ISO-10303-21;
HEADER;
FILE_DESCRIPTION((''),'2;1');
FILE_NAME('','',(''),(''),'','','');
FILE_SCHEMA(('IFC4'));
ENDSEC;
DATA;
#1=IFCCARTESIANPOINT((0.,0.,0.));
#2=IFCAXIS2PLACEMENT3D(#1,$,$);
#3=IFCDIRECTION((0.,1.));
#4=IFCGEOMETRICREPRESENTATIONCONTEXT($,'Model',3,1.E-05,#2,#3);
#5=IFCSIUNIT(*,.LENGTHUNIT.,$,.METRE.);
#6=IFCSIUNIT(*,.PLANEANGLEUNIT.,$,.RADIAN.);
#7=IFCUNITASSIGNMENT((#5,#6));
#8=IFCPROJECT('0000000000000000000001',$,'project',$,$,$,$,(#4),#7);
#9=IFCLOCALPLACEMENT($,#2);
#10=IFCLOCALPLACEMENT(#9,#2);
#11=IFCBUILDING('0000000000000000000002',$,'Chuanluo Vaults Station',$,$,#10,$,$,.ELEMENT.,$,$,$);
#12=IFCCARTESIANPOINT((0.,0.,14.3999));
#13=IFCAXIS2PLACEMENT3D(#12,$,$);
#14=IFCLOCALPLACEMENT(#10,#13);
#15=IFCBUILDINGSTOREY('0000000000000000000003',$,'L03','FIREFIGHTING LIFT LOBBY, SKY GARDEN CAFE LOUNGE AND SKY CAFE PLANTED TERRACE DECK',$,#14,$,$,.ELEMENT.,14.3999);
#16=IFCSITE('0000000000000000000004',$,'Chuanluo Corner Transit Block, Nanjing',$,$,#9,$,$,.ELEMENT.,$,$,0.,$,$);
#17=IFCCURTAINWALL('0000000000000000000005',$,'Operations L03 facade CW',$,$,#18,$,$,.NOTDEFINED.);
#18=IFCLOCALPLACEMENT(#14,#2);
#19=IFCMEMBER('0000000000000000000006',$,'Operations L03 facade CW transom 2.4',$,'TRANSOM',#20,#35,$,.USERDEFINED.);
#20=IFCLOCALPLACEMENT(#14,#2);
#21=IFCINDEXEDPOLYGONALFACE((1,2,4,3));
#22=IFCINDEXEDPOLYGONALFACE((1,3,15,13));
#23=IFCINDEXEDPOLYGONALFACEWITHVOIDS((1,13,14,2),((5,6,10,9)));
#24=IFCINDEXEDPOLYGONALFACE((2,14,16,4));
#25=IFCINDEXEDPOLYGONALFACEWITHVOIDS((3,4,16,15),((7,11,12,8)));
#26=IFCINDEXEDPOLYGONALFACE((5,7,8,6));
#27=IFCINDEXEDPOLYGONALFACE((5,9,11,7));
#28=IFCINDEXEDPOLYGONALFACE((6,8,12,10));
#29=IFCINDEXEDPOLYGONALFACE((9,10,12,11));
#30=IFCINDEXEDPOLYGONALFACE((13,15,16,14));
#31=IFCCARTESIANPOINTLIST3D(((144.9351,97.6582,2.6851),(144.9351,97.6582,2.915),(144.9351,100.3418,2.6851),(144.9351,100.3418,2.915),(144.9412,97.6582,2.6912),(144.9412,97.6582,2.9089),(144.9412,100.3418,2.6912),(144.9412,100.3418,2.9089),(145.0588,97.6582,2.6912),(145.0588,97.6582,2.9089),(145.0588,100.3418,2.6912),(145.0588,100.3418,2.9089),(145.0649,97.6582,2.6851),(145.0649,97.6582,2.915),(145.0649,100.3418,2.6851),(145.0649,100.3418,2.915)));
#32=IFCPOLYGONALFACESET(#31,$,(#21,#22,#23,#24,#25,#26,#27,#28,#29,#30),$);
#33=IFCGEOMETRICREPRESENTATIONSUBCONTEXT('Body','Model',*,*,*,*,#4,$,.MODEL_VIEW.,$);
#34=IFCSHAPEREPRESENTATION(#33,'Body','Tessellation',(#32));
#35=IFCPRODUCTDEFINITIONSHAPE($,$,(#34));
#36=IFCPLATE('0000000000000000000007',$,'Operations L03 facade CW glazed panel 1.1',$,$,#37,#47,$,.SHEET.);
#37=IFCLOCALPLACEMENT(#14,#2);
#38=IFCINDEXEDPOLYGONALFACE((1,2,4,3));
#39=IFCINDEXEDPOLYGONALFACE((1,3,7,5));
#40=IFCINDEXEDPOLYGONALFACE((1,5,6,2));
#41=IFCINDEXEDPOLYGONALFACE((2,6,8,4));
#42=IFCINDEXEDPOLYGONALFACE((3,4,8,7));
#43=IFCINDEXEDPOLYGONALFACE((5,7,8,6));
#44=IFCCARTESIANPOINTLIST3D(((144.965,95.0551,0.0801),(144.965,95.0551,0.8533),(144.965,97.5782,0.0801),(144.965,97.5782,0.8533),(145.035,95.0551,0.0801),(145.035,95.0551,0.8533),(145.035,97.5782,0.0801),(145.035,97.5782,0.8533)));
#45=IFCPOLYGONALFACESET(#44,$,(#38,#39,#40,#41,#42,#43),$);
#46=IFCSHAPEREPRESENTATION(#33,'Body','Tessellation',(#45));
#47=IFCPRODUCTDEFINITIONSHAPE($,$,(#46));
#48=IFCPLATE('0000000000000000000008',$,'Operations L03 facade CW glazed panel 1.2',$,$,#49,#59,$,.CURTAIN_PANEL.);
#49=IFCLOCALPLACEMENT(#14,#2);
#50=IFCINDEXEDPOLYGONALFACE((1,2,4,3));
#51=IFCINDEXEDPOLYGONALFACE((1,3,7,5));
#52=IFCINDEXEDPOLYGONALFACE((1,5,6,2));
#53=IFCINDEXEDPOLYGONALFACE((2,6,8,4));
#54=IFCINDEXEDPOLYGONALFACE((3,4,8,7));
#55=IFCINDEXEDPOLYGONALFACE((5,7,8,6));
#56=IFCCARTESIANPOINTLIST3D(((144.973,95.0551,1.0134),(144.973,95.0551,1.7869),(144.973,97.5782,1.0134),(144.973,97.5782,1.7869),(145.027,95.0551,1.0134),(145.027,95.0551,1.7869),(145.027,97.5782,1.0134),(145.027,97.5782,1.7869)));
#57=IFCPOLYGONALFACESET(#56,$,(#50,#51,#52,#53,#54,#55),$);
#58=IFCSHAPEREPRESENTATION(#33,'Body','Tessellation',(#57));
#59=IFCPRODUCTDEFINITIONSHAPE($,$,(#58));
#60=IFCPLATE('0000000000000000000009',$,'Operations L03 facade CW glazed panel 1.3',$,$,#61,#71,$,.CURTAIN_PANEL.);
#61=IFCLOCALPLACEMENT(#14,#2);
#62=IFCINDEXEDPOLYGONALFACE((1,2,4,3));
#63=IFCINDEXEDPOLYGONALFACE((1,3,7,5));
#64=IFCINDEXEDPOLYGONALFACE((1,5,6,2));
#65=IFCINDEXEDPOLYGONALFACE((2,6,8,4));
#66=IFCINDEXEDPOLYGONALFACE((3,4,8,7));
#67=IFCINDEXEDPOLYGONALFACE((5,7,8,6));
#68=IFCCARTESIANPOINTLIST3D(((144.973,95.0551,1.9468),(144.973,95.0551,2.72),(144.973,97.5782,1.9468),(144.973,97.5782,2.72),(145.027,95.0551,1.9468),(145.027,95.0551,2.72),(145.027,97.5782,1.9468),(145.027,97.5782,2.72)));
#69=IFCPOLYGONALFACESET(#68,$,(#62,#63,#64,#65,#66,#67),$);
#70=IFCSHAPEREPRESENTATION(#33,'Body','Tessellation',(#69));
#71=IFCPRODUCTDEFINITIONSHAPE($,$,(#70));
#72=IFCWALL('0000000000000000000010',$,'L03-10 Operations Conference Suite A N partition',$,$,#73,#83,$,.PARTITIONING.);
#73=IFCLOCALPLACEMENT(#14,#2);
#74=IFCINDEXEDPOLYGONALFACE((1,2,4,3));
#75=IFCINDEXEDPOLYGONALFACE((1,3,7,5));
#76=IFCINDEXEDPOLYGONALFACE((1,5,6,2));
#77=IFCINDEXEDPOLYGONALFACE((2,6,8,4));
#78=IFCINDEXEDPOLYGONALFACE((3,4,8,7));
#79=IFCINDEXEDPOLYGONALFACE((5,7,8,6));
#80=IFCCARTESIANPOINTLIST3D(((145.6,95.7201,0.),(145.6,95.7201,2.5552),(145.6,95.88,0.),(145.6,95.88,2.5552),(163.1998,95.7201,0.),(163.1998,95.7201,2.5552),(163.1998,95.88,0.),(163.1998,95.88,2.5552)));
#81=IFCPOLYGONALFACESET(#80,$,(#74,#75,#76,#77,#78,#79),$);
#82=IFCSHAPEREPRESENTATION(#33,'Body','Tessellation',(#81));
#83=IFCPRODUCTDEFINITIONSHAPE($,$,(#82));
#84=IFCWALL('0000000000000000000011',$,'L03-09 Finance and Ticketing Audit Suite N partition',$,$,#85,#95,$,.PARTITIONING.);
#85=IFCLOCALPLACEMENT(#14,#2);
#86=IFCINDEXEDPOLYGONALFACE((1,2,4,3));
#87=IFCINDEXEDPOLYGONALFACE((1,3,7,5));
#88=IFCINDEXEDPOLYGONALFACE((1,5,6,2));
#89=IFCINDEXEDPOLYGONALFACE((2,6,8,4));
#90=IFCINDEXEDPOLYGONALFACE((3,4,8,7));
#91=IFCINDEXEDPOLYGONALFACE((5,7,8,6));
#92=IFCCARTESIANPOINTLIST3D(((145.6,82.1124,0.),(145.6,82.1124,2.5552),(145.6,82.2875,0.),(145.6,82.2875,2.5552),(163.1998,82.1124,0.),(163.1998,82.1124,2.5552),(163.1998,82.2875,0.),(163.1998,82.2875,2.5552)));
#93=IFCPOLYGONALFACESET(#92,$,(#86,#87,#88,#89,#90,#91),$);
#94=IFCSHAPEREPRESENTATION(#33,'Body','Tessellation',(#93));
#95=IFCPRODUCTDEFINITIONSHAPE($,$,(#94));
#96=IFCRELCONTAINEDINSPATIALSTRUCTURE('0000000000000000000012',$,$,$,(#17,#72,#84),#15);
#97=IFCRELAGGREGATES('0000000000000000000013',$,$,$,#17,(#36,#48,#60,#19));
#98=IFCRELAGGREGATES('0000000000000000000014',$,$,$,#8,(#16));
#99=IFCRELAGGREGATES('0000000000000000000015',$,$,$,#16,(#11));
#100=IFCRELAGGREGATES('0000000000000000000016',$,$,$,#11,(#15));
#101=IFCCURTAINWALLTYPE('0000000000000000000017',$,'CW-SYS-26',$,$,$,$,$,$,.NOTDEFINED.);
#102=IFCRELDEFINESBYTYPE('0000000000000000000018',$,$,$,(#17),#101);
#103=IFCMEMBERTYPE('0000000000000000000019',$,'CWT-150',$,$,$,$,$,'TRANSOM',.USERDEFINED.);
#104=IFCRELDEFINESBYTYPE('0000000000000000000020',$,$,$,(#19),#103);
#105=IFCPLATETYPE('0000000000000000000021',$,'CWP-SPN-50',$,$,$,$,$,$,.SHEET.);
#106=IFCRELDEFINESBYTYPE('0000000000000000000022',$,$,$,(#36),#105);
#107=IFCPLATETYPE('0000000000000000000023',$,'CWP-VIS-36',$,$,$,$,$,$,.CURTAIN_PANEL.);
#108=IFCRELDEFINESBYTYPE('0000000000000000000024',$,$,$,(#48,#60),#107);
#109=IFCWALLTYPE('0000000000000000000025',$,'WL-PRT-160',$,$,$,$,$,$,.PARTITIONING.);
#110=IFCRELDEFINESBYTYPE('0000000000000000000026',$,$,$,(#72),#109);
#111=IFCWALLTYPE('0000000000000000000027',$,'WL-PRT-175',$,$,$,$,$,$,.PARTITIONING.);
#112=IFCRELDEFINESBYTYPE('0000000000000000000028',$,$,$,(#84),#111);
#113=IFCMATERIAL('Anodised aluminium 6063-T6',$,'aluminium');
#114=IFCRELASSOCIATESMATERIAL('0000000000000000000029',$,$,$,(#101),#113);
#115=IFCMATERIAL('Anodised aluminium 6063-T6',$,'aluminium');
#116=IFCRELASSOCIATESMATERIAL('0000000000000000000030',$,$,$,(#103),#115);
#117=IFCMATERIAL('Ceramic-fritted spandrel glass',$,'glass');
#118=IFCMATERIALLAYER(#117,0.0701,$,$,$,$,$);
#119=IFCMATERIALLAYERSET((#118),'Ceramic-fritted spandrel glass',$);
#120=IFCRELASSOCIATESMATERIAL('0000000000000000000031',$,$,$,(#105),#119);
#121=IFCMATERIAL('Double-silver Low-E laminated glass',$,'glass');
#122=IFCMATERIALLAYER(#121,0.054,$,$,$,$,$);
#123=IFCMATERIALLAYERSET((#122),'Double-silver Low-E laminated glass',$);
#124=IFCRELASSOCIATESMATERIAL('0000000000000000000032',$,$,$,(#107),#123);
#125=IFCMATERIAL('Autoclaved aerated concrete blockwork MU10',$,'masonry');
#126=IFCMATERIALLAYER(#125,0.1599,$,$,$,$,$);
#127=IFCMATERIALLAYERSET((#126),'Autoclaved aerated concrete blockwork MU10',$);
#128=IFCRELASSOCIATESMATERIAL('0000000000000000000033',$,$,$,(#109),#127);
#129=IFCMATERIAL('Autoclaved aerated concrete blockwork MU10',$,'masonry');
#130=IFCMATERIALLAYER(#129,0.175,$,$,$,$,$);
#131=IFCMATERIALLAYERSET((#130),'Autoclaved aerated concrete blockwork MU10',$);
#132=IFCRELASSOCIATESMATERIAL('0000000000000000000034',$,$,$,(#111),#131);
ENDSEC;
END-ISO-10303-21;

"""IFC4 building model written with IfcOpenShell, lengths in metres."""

from ifc_helpers import new_model, si_unit, direction, frame, frame_2d, origin, origin_2d, place, context, subcontext, project, spatial, rectangle, hollow_rectangle, extrude, material, layer, layer_set, material_profile, profile_set, type_object, element, aggregate, save


model = new_model("IFC4")

# Units and contexts
model_context = context("Model", 3, precision=1e-05, world=origin(), true_north=direction((0.0, 1.0)))
body_context = subcontext(model_context, "Body", "Model", "MODEL_VIEW")
ifc_project = project(units=[si_unit("LENGTHUNIT", "METRE"), si_unit("PLANEANGLEUNIT", "RADIAN")], contexts=[model_context])

# Site, building, storey
site_placement = place(None, origin())
site = spatial("IfcSite", under=ifc_project, at=site_placement, Name="Chuanluo Corner Transit Block, Nanjing", CompositionType="ELEMENT", RefElevation=0.0)
building_placement = place(site_placement, origin())
building = spatial("IfcBuilding", under=site, at=building_placement, Name="Chuanluo Vaults Station", CompositionType="ELEMENT")
storey_placement = place(building_placement, frame((0.0, 0.0, 14.3999)))
storey = spatial("IfcBuildingStorey", under=building, at=storey_placement, Name="L03", Description="FIREFIGHTING LIFT LOBBY, SKY GARDEN CAFE LOUNGE AND SKY CAFE PLANTED TERRACE DECK", CompositionType="ELEMENT", Elevation=14.3999)

# Curtain wall, member, plates
ifc_material_1 = material(Name="Anodised aluminium 6063-T6", Category="aluminium")
curtain_wall_type = type_object("IfcCurtainWallType", Name="CW-SYS-26", PredefinedType="NOTDEFINED", material=ifc_material_1)
curtain_wall_placement = place(storey_placement, origin())
curtain_wall = element("IfcCurtainWall", 1, at=curtain_wall_placement, inside=storey, type_object=curtain_wall_type, Name="Operations L03 facade CW", PredefinedType="NOTDEFINED")
ifc_material_2 = material(Name="Anodised aluminium 6063-T6", Category="aluminium")
ifc_material_profile_1 = material_profile(ifc_material_2, hollow_rectangle(XDim=0.1299, YDim=0.23, WallThickness=0.0061, at=origin_2d()))
ifc_profile_set_1 = profile_set([ifc_material_profile_1], Name="Anodised aluminium 6063-T6")
member_type_1 = type_object("IfcMemberType", Name="CWT-150", ElementType="TRANSOM", PredefinedType="USERDEFINED", material=ifc_profile_set_1)
member_1_placement = place(storey_placement, frame((145.0, 97.6582, 2.8), z_axis=(0.0, 1.0, 0.0), x_axis=(-1.0, 0.0, 0.0)))
member_1 = element("IfcMember", 2, at=member_1_placement, type_object=member_type_1, Name="Operations L03 facade CW transom 2.4", ObjectType="TRANSOM", PredefinedType="USERDEFINED", context=body_context, shape_type="SweptSolid", body=[
    extrude(hollow_rectangle(XDim=0.1299, YDim=0.23, WallThickness=0.0061, at=origin_2d()), origin(), (0.0, 0.0, 1.0), 2.6836),
])
ifc_material_3 = material(Name="Ceramic-fritted spandrel glass", Category="glass")
ifc_layer_1 = layer(ifc_material_3, 0.0701)
ifc_layer_set_1 = layer_set([ifc_layer_1], Name="Ceramic-fritted spandrel glass")
plate_type_1 = type_object("IfcPlateType", Name="CWP-SPN-50", PredefinedType="SHEET", material=ifc_layer_set_1)
plate_1_placement = place(storey_placement, frame((145.0, 96.3167, 0.0801), z_axis=(0.0, 0.0, 1.0), x_axis=(0.0, 1.0, 0.0)))
plate_1 = element("IfcPlate", 3, at=plate_1_placement, type_object=plate_type_1, Name="Operations L03 facade CW glazed panel 1.1", PredefinedType="SHEET", context=body_context, shape_type="SweptSolid", body=[
    extrude(rectangle(XDim=2.5232, YDim=0.0701, at=origin_2d()), origin(), (0.0, 0.0, 1.0), 0.7732),
])
ifc_material_4 = material(Name="Double-silver Low-E laminated glass", Category="glass")
ifc_layer_2 = layer(ifc_material_4, 0.054)
ifc_layer_set_2 = layer_set([ifc_layer_2], Name="Double-silver Low-E laminated glass")
plate_type_2 = type_object("IfcPlateType", Name="CWP-VIS-36", PredefinedType="CURTAIN_PANEL", material=ifc_layer_set_2)
plate_2_placement = place(storey_placement, frame((145.0, 96.3167, 1.0134), z_axis=(0.0, 0.0, 1.0), x_axis=(0.0, 1.0, 0.0)))
plate_2 = element("IfcPlate", 4, at=plate_2_placement, type_object=plate_type_2, Name="Operations L03 facade CW glazed panel 1.2", PredefinedType="CURTAIN_PANEL", context=body_context, shape_type="SweptSolid", body=[
    extrude(rectangle(XDim=2.5232, YDim=0.054, at=origin_2d()), origin(), (0.0, 0.0, 1.0), 0.7734),
])
plate_3_placement = place(storey_placement, frame((145.0, 96.3167, 1.9468), z_axis=(0.0, 0.0, 1.0), x_axis=(0.0, 1.0, 0.0)))
plate_3 = element("IfcPlate", 5, at=plate_3_placement, type_object=plate_type_2, Name="Operations L03 facade CW glazed panel 1.3", PredefinedType="CURTAIN_PANEL", context=body_context, shape_type="SweptSolid", body=[
    extrude(rectangle(XDim=2.5232, YDim=0.054, at=origin_2d()), origin(), (0.0, 0.0, 1.0), 0.7732),
])
aggregate(curtain_wall, [plate_1, plate_2, plate_3, member_1])

# Walls
ifc_material_5 = material(Name="Autoclaved aerated concrete blockwork MU10", Category="masonry")
ifc_layer_3 = layer(ifc_material_5, 0.1599)
ifc_layer_set_3 = layer_set([ifc_layer_3], Name="Autoclaved aerated concrete blockwork MU10")
wall_type_1 = type_object("IfcWallType", Name="WL-PRT-160", PredefinedType="PARTITIONING", material=ifc_layer_set_3)
wall_1_placement = place(storey_placement, frame((145.6001, 95.8, 0.0), z_axis=(0.0, 0.0, 1.0), x_axis=(1.0, 0.0, 0.0)))
element("IfcWall", 6, at=wall_1_placement, inside=storey, type_object=wall_type_1, Name="L03-10 Operations Conference Suite A N partition", PredefinedType="PARTITIONING", context=body_context, shape_type="SweptSolid", body=[
    extrude(rectangle(XDim=17.5999, YDim=0.1599, at=frame_2d((8.7998, 0.0))), origin(), (0.0, 0.0, 1.0), 2.5552),
])
ifc_material_6 = material(Name="Autoclaved aerated concrete blockwork MU10", Category="masonry")
ifc_layer_4 = layer(ifc_material_6, 0.175)
ifc_layer_set_4 = layer_set([ifc_layer_4], Name="Autoclaved aerated concrete blockwork MU10")
wall_type_2 = type_object("IfcWallType", Name="WL-PRT-175", PredefinedType="PARTITIONING", material=ifc_layer_set_4)
wall_2_placement = place(storey_placement, frame((145.6001, 82.2, 0.0), z_axis=(0.0, 0.0, 1.0), x_axis=(1.0, 0.0, 0.0)))
element("IfcWall", 7, at=wall_2_placement, inside=storey, type_object=wall_type_2, Name="L03-09 Finance and Ticketing Audit Suite N partition", PredefinedType="PARTITIONING", context=body_context, shape_type="SweptSolid", body=[
    extrude(rectangle(XDim=17.5999, YDim=0.175, at=frame_2d((8.7998, 0.0))), origin(), (0.0, 0.0, 1.0), 2.5552),
])

save(model, "model.ifc")
